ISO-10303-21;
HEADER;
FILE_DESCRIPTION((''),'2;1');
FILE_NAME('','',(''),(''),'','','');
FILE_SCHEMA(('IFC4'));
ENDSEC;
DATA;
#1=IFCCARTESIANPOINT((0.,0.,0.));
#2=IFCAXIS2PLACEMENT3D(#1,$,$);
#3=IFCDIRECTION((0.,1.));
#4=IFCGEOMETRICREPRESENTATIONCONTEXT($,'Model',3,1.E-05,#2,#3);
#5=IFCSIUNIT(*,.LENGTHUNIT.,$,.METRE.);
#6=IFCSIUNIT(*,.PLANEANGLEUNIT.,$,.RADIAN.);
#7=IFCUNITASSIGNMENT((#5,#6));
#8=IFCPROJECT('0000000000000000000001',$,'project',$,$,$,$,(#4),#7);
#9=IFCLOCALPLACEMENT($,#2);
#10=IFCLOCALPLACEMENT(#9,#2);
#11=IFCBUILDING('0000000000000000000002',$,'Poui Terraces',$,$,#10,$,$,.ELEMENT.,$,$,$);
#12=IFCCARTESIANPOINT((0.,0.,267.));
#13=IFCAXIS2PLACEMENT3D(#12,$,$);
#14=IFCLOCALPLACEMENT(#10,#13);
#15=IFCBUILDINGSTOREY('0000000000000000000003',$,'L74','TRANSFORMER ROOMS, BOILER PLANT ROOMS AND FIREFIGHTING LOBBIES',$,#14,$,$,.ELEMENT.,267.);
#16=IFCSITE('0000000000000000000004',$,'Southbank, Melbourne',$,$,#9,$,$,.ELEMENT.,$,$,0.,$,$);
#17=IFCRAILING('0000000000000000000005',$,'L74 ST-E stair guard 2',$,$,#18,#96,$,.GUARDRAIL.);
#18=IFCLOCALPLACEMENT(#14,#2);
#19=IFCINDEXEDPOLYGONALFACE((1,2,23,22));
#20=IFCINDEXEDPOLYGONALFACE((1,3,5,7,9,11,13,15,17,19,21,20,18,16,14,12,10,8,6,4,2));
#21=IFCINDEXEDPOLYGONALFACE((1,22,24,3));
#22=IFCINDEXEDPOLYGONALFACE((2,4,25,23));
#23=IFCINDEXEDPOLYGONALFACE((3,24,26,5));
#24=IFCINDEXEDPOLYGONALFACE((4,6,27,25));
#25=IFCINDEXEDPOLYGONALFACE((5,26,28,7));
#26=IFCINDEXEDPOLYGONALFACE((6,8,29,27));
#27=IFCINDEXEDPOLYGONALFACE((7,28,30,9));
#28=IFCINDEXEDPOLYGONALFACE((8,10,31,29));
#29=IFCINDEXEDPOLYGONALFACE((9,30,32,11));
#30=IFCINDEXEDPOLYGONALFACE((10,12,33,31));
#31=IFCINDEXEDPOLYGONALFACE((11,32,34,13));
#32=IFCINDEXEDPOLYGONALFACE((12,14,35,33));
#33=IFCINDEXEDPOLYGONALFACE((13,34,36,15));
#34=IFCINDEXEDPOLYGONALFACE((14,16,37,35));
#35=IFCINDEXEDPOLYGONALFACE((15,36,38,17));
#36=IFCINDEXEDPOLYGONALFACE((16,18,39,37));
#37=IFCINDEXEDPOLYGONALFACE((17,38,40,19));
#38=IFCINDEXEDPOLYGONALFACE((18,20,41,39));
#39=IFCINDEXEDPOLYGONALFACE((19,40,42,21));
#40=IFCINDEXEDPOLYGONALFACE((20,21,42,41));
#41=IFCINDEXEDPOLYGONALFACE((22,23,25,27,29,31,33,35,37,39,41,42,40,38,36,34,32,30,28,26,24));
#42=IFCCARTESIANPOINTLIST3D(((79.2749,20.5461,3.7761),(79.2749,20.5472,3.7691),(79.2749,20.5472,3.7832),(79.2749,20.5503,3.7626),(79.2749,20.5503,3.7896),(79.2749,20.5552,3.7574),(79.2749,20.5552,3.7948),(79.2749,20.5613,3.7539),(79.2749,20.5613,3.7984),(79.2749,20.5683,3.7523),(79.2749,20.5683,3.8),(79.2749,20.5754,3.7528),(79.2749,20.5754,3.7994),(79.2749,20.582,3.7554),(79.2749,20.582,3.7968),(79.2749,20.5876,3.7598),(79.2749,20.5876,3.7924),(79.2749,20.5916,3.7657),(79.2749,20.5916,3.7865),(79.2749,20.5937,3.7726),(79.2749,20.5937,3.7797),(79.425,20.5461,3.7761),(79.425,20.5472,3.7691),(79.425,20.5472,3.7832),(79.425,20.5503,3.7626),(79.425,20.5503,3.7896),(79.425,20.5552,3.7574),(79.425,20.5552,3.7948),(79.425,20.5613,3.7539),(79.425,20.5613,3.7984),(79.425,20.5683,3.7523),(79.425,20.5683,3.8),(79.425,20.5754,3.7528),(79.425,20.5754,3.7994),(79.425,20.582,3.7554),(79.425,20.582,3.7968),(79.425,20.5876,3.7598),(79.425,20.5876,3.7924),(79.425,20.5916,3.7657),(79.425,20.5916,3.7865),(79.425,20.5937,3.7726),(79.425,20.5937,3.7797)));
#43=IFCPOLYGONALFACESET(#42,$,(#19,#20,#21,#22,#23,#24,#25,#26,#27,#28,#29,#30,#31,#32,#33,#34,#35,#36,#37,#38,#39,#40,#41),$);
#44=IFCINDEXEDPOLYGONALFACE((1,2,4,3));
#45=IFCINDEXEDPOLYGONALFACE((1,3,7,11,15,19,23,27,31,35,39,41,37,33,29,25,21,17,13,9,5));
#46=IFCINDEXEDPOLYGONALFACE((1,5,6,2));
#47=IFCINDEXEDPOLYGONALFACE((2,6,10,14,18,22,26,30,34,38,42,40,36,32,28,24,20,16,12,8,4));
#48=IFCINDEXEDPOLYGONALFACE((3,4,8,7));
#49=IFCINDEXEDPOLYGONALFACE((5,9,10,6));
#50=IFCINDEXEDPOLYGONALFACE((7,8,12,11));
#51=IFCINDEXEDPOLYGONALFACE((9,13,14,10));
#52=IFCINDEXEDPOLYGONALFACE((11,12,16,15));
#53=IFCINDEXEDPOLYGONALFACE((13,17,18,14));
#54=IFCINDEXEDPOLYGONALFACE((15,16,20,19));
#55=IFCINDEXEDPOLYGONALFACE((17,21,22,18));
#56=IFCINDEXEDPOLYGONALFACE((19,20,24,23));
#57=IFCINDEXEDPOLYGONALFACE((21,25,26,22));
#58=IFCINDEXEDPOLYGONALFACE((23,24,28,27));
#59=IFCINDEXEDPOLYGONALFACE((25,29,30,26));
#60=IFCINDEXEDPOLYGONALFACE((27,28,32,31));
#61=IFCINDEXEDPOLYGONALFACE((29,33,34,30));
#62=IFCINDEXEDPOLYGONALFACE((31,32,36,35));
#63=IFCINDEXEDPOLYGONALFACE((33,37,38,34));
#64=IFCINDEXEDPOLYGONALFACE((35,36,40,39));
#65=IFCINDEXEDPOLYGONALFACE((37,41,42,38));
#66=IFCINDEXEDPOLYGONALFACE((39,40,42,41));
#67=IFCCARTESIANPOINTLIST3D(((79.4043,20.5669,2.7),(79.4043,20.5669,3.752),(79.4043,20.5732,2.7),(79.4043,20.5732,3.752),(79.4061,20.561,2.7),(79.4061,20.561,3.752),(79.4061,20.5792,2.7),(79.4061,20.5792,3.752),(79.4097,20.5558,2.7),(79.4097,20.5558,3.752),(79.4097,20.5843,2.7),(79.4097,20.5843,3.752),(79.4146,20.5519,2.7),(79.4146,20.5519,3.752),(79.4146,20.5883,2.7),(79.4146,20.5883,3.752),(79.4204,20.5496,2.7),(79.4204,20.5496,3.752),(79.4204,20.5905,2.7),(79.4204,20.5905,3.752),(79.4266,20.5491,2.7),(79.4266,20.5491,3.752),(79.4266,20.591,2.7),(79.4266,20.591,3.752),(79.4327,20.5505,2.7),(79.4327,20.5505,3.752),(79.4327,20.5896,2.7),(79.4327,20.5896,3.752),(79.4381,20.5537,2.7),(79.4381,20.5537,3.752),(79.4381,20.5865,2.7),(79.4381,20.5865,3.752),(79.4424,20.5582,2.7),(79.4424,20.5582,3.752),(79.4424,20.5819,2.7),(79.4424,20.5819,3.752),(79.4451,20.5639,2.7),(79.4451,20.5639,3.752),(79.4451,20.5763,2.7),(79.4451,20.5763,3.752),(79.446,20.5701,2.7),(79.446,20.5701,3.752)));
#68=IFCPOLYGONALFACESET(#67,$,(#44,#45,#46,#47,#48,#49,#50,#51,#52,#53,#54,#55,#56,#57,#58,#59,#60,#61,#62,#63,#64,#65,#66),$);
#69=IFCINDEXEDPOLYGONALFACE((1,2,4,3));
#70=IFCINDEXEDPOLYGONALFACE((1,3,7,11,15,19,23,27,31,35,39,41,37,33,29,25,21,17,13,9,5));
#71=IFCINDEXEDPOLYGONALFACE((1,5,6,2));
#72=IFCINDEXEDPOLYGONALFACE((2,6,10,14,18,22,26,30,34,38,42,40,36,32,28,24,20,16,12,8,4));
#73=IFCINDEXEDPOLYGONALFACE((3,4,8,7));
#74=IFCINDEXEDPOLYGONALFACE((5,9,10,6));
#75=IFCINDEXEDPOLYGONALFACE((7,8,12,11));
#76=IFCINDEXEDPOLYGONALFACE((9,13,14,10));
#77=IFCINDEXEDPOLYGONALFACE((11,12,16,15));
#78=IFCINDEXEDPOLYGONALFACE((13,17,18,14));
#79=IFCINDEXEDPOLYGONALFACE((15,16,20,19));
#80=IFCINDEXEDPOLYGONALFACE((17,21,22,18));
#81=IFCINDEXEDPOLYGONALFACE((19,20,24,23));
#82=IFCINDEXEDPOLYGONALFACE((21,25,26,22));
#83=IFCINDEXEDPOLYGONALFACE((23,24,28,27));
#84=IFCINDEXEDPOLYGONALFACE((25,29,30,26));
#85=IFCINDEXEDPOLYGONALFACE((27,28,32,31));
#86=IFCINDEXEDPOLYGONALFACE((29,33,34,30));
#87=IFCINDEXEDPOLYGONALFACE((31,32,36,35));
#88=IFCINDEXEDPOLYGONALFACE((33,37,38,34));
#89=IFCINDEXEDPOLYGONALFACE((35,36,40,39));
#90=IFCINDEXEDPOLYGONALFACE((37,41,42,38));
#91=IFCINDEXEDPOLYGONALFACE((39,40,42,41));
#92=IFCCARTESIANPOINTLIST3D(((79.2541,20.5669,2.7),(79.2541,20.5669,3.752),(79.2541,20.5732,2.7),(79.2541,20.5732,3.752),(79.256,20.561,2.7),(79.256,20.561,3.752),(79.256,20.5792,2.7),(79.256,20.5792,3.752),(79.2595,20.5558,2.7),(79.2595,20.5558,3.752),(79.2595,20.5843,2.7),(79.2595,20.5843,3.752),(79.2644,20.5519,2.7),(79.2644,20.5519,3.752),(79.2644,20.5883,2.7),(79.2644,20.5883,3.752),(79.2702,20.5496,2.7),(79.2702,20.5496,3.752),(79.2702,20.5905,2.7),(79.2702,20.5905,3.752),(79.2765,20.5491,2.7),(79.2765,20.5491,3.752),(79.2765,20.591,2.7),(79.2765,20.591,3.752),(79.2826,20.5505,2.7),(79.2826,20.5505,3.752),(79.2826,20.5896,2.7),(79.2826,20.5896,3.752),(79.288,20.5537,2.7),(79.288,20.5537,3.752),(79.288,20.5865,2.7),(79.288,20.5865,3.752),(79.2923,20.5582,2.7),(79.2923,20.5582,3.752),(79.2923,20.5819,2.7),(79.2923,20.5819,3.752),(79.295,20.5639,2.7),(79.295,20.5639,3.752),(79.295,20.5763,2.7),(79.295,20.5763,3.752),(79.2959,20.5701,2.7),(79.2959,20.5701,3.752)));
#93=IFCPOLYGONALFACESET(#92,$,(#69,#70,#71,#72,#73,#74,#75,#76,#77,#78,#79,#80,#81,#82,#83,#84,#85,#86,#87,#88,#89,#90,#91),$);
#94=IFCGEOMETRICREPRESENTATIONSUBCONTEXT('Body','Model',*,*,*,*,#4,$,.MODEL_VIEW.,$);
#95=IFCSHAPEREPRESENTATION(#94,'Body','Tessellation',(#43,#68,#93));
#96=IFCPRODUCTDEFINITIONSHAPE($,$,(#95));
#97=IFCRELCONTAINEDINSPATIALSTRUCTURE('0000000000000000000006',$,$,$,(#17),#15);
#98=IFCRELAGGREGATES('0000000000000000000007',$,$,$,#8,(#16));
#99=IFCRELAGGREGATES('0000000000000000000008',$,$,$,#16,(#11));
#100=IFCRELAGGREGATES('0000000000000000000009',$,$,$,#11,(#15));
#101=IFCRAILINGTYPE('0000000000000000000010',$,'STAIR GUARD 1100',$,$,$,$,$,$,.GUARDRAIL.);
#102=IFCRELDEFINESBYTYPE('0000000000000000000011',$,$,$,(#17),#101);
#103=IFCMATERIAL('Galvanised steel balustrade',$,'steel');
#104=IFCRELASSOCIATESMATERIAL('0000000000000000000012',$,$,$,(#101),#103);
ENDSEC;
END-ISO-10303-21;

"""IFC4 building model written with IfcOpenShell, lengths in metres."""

from ifc_helpers import new_model, si_unit, direction, frame, origin, origin_2d, place, context, subcontext, project, spatial, circle, extrude, material, type_object, element, save


model = new_model("IFC4")

# Units and contexts
model_context = context("Model", 3, precision=1e-05, world=origin(), true_north=direction((0.0, 1.0)))
body_context = subcontext(model_context, "Body", "Model", "MODEL_VIEW")
ifc_project = project(units=[si_unit("LENGTHUNIT", "METRE"), si_unit("PLANEANGLEUNIT", "RADIAN")], contexts=[model_context])

# Site, building, storey
site_placement = place(None, origin())
site = spatial("IfcSite", under=ifc_project, at=site_placement, Name="Southbank, Melbourne", CompositionType="ELEMENT", RefElevation=0.0)
building_placement = place(site_placement, origin())
building = spatial("IfcBuilding", under=site, at=building_placement, Name="Poui Terraces", CompositionType="ELEMENT")
storey_placement = place(building_placement, frame((0.0, 0.0, 267.0)))
storey = spatial("IfcBuildingStorey", under=building, at=storey_placement, Name="L74", Description="TRANSFORMER ROOMS, BOILER PLANT ROOMS AND FIREFIGHTING LOBBIES", CompositionType="ELEMENT", Elevation=267.0)

# Railing
ifc_material_1 = material(Name="Galvanised steel balustrade", Category="steel")
railing_type = type_object("IfcRailingType", Name="STAIR GUARD 1100", PredefinedType="GUARDRAIL", material=ifc_material_1)
for number, where, name in (
    (1, (79.425, 20.5701, 2.7), "L74 ST-E stair guard 2"),
):
    element("IfcRailing", number, at=place(storey_placement, frame(where)), inside=storey, type_object=railing_type, Name=name, PredefinedType="GUARDRAIL", context=body_context, shape_type="SweptSolid", body=[
        extrude(circle(Radius=0.0239, at=origin_2d()), frame((0.0, 0.0, 1.0762), z_axis=(-1.0, 0.0, 0.0), x_axis=(0.0, -1.0, 0.0)), (0.0, 0.0, 1.0), 0.1501),
        extrude(circle(Radius=0.021, at=origin_2d()), origin(), (0.0, 0.0, 1.0), 1.052),
        extrude(circle(Radius=0.021, at=origin_2d()), frame((-0.1501, 0.0, 0.0)), (0.0, 0.0, 1.0), 1.052),
    ])

save(model, "model.ifc")
